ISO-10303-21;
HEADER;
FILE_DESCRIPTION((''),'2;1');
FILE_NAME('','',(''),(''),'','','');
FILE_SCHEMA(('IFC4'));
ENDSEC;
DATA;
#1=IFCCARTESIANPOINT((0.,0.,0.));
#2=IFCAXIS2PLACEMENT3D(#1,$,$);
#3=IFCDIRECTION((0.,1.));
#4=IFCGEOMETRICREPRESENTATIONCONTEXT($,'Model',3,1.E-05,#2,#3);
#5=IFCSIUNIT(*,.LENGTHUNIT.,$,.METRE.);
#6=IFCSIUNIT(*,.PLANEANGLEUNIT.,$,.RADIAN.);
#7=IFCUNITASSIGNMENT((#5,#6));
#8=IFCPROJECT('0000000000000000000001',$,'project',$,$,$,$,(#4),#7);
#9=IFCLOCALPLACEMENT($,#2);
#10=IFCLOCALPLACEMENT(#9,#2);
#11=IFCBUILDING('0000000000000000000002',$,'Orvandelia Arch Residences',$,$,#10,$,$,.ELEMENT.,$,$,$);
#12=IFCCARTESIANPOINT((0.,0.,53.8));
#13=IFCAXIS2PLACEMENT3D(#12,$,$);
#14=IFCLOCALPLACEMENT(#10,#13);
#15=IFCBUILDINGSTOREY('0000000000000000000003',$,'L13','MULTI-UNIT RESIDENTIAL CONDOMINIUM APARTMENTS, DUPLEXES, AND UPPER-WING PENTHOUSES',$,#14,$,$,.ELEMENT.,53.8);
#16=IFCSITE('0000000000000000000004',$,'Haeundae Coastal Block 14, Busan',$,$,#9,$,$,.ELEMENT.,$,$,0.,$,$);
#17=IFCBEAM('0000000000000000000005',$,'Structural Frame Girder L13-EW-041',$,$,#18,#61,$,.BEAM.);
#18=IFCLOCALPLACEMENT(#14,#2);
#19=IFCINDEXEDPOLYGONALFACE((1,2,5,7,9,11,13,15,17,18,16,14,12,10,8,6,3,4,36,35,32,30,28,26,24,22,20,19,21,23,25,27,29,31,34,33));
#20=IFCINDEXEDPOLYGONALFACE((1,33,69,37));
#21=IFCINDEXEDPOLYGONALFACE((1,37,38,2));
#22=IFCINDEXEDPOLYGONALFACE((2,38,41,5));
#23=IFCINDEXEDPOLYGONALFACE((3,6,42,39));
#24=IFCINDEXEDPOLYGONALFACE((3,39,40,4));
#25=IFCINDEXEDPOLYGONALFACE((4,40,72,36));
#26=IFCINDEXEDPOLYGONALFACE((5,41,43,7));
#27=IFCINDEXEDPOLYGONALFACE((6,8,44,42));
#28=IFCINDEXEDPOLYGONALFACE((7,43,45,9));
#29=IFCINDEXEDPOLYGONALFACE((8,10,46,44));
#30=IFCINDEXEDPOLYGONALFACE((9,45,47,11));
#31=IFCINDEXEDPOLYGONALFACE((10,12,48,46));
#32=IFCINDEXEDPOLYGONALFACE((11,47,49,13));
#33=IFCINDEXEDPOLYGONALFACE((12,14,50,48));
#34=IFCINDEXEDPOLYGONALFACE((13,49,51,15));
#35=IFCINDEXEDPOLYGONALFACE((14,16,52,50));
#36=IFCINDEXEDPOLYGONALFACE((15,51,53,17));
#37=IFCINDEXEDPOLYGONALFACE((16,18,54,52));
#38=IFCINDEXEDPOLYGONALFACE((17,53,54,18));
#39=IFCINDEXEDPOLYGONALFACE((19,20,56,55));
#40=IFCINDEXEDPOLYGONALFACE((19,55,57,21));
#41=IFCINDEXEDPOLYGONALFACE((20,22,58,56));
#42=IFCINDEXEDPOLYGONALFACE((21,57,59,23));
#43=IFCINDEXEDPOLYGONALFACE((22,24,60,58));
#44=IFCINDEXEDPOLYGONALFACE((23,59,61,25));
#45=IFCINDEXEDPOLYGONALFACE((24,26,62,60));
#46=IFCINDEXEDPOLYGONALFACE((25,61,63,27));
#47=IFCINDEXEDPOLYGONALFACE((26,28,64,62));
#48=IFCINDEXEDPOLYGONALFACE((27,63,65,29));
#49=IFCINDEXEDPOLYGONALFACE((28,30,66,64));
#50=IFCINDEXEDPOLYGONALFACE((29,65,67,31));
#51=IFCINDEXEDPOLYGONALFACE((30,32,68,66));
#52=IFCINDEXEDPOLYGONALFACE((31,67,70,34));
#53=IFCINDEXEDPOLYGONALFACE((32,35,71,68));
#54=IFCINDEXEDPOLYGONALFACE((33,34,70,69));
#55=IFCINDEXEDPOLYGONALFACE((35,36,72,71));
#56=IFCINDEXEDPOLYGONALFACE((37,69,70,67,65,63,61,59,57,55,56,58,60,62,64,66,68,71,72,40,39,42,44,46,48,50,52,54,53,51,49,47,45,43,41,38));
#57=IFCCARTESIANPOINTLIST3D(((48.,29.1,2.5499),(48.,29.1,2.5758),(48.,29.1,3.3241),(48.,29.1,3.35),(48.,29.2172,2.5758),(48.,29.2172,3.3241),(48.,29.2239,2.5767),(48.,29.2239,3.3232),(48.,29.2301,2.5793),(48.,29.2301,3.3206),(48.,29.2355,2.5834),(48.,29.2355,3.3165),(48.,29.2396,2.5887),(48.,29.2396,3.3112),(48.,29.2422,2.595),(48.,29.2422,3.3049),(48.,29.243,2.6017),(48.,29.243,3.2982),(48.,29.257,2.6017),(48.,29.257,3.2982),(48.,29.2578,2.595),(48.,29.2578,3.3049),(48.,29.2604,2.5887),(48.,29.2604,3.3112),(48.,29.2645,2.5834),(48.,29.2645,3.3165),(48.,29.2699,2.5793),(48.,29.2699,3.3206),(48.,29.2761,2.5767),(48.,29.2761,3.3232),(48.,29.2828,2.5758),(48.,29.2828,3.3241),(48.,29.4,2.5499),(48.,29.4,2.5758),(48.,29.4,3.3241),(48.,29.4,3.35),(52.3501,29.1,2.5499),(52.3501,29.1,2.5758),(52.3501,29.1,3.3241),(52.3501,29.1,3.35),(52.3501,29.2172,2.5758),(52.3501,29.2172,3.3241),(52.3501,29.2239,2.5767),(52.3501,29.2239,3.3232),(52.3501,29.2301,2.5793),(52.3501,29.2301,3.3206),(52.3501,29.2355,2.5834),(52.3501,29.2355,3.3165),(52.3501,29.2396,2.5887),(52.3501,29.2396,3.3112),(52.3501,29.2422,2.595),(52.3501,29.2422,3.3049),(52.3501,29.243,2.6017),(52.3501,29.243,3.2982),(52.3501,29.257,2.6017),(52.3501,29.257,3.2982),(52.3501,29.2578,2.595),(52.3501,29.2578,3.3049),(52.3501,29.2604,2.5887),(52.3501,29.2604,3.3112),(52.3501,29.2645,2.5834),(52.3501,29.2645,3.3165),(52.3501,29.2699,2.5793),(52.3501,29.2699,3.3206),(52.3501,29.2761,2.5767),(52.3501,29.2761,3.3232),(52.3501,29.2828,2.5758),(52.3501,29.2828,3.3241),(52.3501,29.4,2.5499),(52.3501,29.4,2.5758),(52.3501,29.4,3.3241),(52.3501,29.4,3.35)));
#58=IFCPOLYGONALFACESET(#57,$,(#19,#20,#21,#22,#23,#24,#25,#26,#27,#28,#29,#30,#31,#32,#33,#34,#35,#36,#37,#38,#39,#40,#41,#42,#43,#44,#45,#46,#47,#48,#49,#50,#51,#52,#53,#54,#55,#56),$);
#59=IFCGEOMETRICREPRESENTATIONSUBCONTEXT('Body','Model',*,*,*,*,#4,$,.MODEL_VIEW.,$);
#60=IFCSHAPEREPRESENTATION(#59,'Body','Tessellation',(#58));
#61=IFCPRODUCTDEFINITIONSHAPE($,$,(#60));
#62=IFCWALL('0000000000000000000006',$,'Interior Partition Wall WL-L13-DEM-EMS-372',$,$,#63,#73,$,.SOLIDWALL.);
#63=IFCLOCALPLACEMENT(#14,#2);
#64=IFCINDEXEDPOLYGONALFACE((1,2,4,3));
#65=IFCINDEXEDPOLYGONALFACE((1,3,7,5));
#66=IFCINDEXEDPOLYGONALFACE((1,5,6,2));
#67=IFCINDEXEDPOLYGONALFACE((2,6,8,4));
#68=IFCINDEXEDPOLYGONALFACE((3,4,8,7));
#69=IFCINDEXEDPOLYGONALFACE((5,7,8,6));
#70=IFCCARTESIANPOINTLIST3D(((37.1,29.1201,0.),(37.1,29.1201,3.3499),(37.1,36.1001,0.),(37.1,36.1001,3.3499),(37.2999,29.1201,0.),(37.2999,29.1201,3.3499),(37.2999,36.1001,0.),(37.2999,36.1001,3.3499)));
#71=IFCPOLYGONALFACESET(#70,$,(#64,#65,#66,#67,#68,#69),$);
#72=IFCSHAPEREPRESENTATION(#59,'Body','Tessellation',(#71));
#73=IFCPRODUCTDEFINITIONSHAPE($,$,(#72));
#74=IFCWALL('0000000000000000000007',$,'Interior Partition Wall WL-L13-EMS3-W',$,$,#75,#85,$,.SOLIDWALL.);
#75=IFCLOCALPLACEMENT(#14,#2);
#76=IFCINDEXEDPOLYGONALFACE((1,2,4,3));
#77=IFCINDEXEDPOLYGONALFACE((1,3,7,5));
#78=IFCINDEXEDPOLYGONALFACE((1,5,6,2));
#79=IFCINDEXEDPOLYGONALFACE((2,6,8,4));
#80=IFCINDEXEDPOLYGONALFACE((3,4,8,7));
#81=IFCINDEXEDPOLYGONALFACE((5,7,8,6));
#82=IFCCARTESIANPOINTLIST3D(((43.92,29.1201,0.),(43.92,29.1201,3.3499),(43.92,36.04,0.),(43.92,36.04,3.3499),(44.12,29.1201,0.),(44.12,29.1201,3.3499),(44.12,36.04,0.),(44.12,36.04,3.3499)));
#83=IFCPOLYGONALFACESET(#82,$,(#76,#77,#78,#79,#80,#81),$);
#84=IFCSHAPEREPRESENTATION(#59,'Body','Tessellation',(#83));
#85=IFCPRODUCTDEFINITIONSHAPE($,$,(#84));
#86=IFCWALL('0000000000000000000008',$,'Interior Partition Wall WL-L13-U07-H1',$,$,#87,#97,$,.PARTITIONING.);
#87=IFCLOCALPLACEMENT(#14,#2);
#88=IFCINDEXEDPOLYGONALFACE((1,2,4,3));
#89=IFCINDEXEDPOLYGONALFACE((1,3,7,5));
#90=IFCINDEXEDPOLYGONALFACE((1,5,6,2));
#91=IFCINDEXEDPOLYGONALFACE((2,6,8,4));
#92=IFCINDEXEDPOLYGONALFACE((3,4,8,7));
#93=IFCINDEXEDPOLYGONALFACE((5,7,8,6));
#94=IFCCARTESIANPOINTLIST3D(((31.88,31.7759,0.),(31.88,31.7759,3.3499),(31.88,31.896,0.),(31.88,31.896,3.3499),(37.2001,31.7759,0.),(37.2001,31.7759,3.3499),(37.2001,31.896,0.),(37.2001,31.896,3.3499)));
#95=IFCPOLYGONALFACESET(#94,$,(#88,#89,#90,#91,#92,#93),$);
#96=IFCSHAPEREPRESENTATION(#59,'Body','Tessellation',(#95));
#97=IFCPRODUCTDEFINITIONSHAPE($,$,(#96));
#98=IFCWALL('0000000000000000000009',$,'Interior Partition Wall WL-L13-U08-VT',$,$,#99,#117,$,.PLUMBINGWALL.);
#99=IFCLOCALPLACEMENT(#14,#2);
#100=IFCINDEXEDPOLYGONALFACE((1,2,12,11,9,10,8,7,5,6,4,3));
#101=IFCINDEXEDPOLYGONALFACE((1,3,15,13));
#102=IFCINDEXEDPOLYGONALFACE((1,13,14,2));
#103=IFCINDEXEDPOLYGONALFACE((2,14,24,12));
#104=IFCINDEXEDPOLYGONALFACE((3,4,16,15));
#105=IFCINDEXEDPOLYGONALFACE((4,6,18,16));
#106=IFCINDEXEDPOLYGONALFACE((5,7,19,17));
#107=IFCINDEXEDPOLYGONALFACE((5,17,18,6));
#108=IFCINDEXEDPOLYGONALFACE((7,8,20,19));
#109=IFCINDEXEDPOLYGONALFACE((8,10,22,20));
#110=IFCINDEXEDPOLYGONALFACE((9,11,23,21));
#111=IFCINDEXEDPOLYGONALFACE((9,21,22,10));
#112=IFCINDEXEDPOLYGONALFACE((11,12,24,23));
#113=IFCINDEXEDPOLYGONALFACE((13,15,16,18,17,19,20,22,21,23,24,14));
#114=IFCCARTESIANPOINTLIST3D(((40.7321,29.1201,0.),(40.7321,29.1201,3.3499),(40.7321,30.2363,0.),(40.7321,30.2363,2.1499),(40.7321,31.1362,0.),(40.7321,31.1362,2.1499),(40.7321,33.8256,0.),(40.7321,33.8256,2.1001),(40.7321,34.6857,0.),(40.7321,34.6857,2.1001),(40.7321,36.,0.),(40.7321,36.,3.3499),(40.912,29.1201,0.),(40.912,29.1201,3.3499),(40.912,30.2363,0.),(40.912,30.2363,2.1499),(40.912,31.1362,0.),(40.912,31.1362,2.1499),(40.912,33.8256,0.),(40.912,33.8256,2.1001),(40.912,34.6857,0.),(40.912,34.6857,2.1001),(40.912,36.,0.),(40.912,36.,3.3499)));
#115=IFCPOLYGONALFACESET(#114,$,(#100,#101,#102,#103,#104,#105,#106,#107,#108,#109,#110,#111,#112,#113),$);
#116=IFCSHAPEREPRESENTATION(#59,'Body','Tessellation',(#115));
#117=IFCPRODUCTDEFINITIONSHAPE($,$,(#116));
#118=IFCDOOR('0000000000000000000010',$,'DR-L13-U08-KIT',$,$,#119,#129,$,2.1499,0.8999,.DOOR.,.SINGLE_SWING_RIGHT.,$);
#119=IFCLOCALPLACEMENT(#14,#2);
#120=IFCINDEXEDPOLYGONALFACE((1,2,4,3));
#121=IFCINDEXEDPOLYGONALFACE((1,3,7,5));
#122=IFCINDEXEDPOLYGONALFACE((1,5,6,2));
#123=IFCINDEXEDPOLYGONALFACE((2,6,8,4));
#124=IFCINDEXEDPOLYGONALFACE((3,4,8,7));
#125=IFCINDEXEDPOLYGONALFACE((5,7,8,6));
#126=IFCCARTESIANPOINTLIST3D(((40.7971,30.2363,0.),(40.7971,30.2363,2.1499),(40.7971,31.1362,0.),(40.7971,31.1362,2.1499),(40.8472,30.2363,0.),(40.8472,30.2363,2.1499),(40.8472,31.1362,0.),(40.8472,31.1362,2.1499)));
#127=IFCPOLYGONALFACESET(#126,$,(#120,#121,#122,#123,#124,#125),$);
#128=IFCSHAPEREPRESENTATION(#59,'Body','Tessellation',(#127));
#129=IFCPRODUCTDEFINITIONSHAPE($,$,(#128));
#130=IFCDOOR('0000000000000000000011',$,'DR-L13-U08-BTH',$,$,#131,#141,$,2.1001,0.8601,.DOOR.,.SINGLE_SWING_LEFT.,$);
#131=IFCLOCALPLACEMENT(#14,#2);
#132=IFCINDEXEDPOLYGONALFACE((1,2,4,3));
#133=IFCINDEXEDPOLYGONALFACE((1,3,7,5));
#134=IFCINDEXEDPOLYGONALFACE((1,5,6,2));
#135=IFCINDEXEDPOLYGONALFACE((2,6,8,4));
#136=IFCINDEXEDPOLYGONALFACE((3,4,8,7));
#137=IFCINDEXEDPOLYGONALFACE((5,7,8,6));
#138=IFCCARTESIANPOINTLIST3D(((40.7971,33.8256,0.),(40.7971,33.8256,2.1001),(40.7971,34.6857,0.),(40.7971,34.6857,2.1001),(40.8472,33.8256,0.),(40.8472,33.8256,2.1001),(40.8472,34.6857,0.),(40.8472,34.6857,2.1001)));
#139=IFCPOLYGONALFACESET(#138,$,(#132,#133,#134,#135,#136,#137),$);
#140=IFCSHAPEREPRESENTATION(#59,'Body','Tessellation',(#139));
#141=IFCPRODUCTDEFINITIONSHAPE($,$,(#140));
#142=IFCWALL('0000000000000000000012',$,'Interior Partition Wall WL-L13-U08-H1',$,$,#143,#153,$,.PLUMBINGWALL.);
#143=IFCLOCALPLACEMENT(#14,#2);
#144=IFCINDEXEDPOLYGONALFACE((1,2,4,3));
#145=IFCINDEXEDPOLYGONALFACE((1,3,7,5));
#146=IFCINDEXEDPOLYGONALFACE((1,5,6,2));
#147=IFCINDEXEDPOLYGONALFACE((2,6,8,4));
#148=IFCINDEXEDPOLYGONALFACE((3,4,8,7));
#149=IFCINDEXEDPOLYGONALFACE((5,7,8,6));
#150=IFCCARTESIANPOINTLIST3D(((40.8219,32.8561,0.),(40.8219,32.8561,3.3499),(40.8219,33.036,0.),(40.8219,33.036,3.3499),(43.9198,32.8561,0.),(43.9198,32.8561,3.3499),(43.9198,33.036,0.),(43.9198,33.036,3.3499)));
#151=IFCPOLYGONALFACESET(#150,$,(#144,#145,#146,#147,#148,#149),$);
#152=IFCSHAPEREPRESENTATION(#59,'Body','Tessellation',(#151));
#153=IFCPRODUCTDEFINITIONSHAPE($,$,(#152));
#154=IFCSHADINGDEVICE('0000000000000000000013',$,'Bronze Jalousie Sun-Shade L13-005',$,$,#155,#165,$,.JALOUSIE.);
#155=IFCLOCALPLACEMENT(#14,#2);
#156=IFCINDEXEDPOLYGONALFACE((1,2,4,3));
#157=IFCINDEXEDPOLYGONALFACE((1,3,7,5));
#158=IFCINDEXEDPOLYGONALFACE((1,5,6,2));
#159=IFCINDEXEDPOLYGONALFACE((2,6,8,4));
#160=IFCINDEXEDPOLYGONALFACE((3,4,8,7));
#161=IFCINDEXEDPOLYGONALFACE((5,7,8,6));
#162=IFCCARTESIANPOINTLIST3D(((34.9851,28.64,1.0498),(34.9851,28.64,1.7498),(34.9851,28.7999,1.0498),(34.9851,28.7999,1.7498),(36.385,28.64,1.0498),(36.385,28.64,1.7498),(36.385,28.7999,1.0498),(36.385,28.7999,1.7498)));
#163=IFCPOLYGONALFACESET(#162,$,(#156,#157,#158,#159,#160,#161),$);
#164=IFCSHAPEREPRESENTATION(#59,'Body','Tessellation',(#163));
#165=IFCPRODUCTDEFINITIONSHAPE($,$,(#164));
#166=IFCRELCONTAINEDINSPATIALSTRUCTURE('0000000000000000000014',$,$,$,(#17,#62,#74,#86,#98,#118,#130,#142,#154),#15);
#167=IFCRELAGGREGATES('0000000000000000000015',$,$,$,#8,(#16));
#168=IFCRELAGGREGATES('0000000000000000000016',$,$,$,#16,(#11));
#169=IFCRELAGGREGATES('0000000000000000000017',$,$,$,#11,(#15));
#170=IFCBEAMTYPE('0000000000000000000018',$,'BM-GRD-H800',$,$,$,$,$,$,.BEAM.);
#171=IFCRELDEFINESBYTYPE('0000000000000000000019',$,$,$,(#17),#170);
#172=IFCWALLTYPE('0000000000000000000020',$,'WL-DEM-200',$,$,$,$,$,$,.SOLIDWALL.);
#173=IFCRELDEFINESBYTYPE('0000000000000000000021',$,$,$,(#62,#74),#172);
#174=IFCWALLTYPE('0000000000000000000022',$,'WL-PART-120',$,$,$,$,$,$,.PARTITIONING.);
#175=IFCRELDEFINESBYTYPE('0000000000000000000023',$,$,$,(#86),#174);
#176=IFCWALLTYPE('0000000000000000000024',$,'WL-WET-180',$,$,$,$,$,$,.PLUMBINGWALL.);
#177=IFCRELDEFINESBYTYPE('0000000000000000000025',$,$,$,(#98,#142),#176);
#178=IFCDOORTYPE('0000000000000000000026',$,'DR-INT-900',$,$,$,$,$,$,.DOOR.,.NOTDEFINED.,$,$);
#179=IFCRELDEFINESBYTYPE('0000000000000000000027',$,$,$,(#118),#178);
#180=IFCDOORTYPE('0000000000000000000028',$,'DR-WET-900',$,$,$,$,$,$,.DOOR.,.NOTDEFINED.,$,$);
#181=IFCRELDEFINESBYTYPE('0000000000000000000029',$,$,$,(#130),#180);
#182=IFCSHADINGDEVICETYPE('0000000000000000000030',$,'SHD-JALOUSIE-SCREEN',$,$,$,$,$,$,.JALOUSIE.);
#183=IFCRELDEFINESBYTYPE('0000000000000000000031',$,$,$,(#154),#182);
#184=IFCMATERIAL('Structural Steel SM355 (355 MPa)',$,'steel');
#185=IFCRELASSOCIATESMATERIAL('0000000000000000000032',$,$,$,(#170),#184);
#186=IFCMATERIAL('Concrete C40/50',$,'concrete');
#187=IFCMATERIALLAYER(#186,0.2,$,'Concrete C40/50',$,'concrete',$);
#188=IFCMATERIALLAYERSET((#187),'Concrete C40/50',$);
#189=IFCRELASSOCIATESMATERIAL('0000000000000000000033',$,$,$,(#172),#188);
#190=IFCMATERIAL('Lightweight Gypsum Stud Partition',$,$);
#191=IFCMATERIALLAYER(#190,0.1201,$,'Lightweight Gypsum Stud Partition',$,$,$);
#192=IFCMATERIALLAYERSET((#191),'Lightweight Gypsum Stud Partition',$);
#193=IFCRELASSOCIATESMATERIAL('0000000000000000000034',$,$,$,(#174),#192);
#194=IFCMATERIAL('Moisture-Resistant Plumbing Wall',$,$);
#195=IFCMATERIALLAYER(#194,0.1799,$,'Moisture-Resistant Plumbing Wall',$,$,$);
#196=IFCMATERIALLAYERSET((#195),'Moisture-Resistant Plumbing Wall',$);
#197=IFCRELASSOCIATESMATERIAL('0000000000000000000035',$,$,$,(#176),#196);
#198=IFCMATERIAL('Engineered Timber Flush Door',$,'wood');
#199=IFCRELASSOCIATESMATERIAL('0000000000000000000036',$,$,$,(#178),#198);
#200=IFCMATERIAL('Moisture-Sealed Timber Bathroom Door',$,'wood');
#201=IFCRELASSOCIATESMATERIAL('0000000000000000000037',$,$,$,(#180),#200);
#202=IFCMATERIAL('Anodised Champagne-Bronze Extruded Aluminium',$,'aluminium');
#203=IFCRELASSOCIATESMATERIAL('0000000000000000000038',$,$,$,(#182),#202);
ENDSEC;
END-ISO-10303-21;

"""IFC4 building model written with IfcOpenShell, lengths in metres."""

from ifc_helpers import new_model, si_unit, direction, frame, frame_2d, origin, origin_2d, place, context, subcontext, project, spatial, rectangle, i_section, extrude, material, layer, layer_set, material_profile, profile_set, type_object, element, fill, save


model = new_model("IFC4")

# Units and contexts
model_context = context("Model", 3, precision=1e-05, world=origin(), true_north=direction((0.0, 1.0)))
body_context = subcontext(model_context, "Body", "Model", "MODEL_VIEW")
ifc_project = project(units=[si_unit("LENGTHUNIT", "METRE"), si_unit("PLANEANGLEUNIT", "RADIAN")], contexts=[model_context])

# Site, building, storey
site_placement = place(None, origin())
site = spatial("IfcSite", under=ifc_project, at=site_placement, Name="Haeundae Coastal Block 14, Busan", CompositionType="ELEMENT", RefElevation=0.0)
building_placement = place(site_placement, origin())
building = spatial("IfcBuilding", under=site, at=building_placement, Name="Orvandelia Arch Residences", CompositionType="ELEMENT")
storey_placement = place(building_placement, frame((0.0, 0.0, 53.8)))
storey = spatial("IfcBuildingStorey", under=building, at=storey_placement, Name="L13", Description="MULTI-UNIT RESIDENTIAL CONDOMINIUM APARTMENTS, DUPLEXES, AND UPPER-WING PENTHOUSES", CompositionType="ELEMENT", Elevation=53.8)

# Beam
ifc_material_1 = material(Name="Structural Steel SM355 (355 MPa)", Category="steel")
ifc_material_profile_1 = material_profile(ifc_material_1, i_section(OverallWidth=0.3, OverallDepth=0.8, WebThickness=0.0139, FlangeThickness=0.0259, FilletRadius=0.0259, at=origin_2d()), Name="Structural Steel SM355 (355 MPa)", Category="steel")
ifc_profile_set_1 = profile_set([ifc_material_profile_1], Name="Structural Steel SM355 (355 MPa)")
beam_type = type_object("IfcBeamType", Name="BM-GRD-H800", PredefinedType="BEAM", material=ifc_profile_set_1)
beam_1_placement = place(storey_placement, frame((48.0, 29.25, 2.95), z_axis=(1.0, 0.0, 0.0), x_axis=(0.0, 1.0, 0.0)))
element("IfcBeam", 1, at=beam_1_placement, inside=storey, type_object=beam_type, Name="Structural Frame Girder L13-EW-041", PredefinedType="BEAM", context=body_context, shape_type="SweptSolid", body=[
    extrude(i_section(OverallWidth=0.3, OverallDepth=0.8, WebThickness=0.0139, FlangeThickness=0.0259, FilletRadius=0.0259, at=origin_2d()), origin(), (0.0, 0.0, 1.0), 4.3501),
])

# Walls
ifc_material_2 = material(Name="Concrete C40/50", Category="concrete")
ifc_layer_1 = layer(ifc_material_2, 0.2, Name="Concrete C40/50", Category="concrete")
ifc_layer_set_1 = layer_set([ifc_layer_1], Name="Concrete C40/50")
wall_type_1 = type_object("IfcWallType", Name="WL-DEM-200", PredefinedType="SOLIDWALL", material=ifc_layer_set_1)
wall_1_placement = place(storey_placement, frame((37.2, 29.1201, 0.0), z_axis=(0.0, 0.0, 1.0), x_axis=(0.0, 1.0, 0.0)))
element("IfcWall", 2, at=wall_1_placement, inside=storey, type_object=wall_type_1, Name="Interior Partition Wall WL-L13-DEM-EMS-372", PredefinedType="SOLIDWALL", context=body_context, shape_type="SweptSolid", body=[
    extrude(rectangle(XDim=6.98, YDim=0.2, at=frame_2d((3.49, 0.0))), origin(), (0.0, 0.0, 1.0), 3.3499),
])
wall_2_placement = place(storey_placement, frame((44.02, 29.1201, 0.0), z_axis=(0.0, 0.0, 1.0), x_axis=(0.0, 1.0, 0.0)))
element("IfcWall", 3, at=wall_2_placement, inside=storey, type_object=wall_type_1, Name="Interior Partition Wall WL-L13-EMS3-W", PredefinedType="SOLIDWALL", context=body_context, shape_type="SweptSolid", body=[
    extrude(rectangle(XDim=6.9199, YDim=0.2, at=frame_2d((3.46, 0.0))), origin(), (0.0, 0.0, 1.0), 3.3499),
])
ifc_material_3 = material(Name="Lightweight Gypsum Stud Partition")
ifc_layer_2 = layer(ifc_material_3, 0.1201, Name="Lightweight Gypsum Stud Partition")
ifc_layer_set_2 = layer_set([ifc_layer_2], Name="Lightweight Gypsum Stud Partition")
wall_type_2 = type_object("IfcWallType", Name="WL-PART-120", PredefinedType="PARTITIONING", material=ifc_layer_set_2)
wall_3_placement = place(storey_placement, frame((31.8799, 31.8359, 0.0), z_axis=(0.0, 0.0, 1.0), x_axis=(1.0, 0.0, 0.0)))
element("IfcWall", 4, at=wall_3_placement, inside=storey, type_object=wall_type_2, Name="Interior Partition Wall WL-L13-U07-H1", PredefinedType="PARTITIONING", context=body_context, shape_type="SweptSolid", body=[
    extrude(rectangle(XDim=5.3201, YDim=0.1201, at=frame_2d((2.6602, 0.0))), origin(), (0.0, 0.0, 1.0), 3.3499),
])

# Wall, openings, doors
ifc_material_4 = material(Name="Moisture-Resistant Plumbing Wall")
ifc_layer_3 = layer(ifc_material_4, 0.1799, Name="Moisture-Resistant Plumbing Wall")
ifc_layer_set_3 = layer_set([ifc_layer_3], Name="Moisture-Resistant Plumbing Wall")
wall_type_3 = type_object("IfcWallType", Name="WL-WET-180", PredefinedType="PLUMBINGWALL", material=ifc_layer_set_3)
wall_4_placement = place(storey_placement, frame((40.822, 29.1201, 0.0), z_axis=(0.0, 0.0, 1.0), x_axis=(0.0, 1.0, 0.0)))
wall_4 = element("IfcWall", 5, at=wall_4_placement, inside=storey, type_object=wall_type_3, Name="Interior Partition Wall WL-L13-U08-VT", PredefinedType="PLUMBINGWALL", context=body_context, shape_type="SweptSolid", body=[
    extrude(rectangle(XDim=6.8799, YDim=0.1799, at=frame_2d((3.4399, 0.0))), origin(), (0.0, 0.0, 1.0), 3.3499),
])
opening_1_placement = place(wall_4_placement, frame((1.1162, 0.0, 0.0)))
opening_1 = element("IfcOpeningElement", 6, at=opening_1_placement, cuts=wall_4, PredefinedType="OPENING", context=body_context, shape_type="SweptSolid", body=[
    extrude(rectangle(XDim=0.8999, YDim=2.1499, at=frame_2d((0.45, 1.075))), frame((0.0, 0.1001, 0.0), z_axis=(0.0, -1.0, 0.0), x_axis=(1.0, 0.0, 0.0)), (0.0, 0.0, 1.0), 0.2),
])
opening_2_placement = place(wall_4_placement, frame((4.7053, 0.0, 0.0)))
opening_2 = element("IfcOpeningElement", 7, at=opening_2_placement, cuts=wall_4, PredefinedType="OPENING", context=body_context, shape_type="SweptSolid", body=[
    extrude(rectangle(XDim=0.8601, YDim=2.1001, at=frame_2d((0.4302, 1.05))), frame((0.0, 0.1001, 0.0), z_axis=(0.0, -1.0, 0.0), x_axis=(1.0, 0.0, 0.0)), (0.0, 0.0, 1.0), 0.2),
])
ifc_material_5 = material(Name="Engineered Timber Flush Door", Category="wood")
door_type_1 = type_object("IfcDoorType", Name="DR-INT-900", OperationType="NOTDEFINED", PredefinedType="DOOR", material=ifc_material_5)
door_1_placement = place(opening_1_placement, origin())
door_1 = element("IfcDoor", 8, at=door_1_placement, inside=storey, type_object=door_type_1, Name="DR-L13-U08-KIT", OperationType="SINGLE_SWING_RIGHT", OverallHeight=2.1499, OverallWidth=0.8999, PredefinedType="DOOR", context=body_context, shape_type="SweptSolid", body=[
    extrude(rectangle(XDim=0.8999, YDim=2.1499, at=frame_2d((0.45, 1.075))), frame((0.0, 0.0249, 0.0), z_axis=(0.0, -1.0, 0.0), x_axis=(1.0, 0.0, 0.0)), (0.0, 0.0, 1.0), 0.05),
])
fill(opening_1, door_1)
ifc_material_6 = material(Name="Moisture-Sealed Timber Bathroom Door", Category="wood")
door_type_2 = type_object("IfcDoorType", Name="DR-WET-900", OperationType="NOTDEFINED", PredefinedType="DOOR", material=ifc_material_6)
door_2_placement = place(opening_2_placement, origin())
door_2 = element("IfcDoor", 9, at=door_2_placement, inside=storey, type_object=door_type_2, Name="DR-L13-U08-BTH", OperationType="SINGLE_SWING_LEFT", OverallHeight=2.1001, OverallWidth=0.8601, PredefinedType="DOOR", context=body_context, shape_type="SweptSolid", body=[
    extrude(rectangle(XDim=0.8601, YDim=2.1001, at=frame_2d((0.4302, 1.05))), frame((0.0, 0.0249, 0.0), z_axis=(0.0, -1.0, 0.0), x_axis=(1.0, 0.0, 0.0)), (0.0, 0.0, 1.0), 0.05),
])
fill(opening_2, door_2)

# Wall
wall_5_placement = place(storey_placement, frame((40.822, 32.946, 0.0), z_axis=(0.0, 0.0, 1.0), x_axis=(1.0, 0.0, 0.0)))
element("IfcWall", 10, at=wall_5_placement, inside=storey, type_object=wall_type_3, Name="Interior Partition Wall WL-L13-U08-H1", PredefinedType="PLUMBINGWALL", context=body_context, shape_type="SweptSolid", body=[
    extrude(rectangle(XDim=3.0979, YDim=0.1799, at=frame_2d((1.5488, 0.0))), origin(), (0.0, 0.0, 1.0), 3.3499),
])

# Shading device
ifc_material_7 = material(Name="Anodised Champagne-Bronze Extruded Aluminium", Category="aluminium")
shading_device_type = type_object("IfcShadingDeviceType", Name="SHD-JALOUSIE-SCREEN", PredefinedType="JALOUSIE", material=ifc_material_7)
shading_device_placement = place(storey_placement, frame((35.6851, 28.72, 1.0498), z_axis=(0.0, 0.0, 1.0), x_axis=(-1.0, 0.0, 0.0)))
element("IfcShadingDevice", 11, at=shading_device_placement, inside=storey, type_object=shading_device_type, Name="Bronze Jalousie Sun-Shade L13-005", PredefinedType="JALOUSIE", context=body_context, shape_type="SweptSolid", body=[
    extrude(rectangle(XDim=1.3999, YDim=0.1599, at=origin_2d()), origin(), (0.0, 0.0, 1.0), 0.7),
])

save(model, "model.ifc")
